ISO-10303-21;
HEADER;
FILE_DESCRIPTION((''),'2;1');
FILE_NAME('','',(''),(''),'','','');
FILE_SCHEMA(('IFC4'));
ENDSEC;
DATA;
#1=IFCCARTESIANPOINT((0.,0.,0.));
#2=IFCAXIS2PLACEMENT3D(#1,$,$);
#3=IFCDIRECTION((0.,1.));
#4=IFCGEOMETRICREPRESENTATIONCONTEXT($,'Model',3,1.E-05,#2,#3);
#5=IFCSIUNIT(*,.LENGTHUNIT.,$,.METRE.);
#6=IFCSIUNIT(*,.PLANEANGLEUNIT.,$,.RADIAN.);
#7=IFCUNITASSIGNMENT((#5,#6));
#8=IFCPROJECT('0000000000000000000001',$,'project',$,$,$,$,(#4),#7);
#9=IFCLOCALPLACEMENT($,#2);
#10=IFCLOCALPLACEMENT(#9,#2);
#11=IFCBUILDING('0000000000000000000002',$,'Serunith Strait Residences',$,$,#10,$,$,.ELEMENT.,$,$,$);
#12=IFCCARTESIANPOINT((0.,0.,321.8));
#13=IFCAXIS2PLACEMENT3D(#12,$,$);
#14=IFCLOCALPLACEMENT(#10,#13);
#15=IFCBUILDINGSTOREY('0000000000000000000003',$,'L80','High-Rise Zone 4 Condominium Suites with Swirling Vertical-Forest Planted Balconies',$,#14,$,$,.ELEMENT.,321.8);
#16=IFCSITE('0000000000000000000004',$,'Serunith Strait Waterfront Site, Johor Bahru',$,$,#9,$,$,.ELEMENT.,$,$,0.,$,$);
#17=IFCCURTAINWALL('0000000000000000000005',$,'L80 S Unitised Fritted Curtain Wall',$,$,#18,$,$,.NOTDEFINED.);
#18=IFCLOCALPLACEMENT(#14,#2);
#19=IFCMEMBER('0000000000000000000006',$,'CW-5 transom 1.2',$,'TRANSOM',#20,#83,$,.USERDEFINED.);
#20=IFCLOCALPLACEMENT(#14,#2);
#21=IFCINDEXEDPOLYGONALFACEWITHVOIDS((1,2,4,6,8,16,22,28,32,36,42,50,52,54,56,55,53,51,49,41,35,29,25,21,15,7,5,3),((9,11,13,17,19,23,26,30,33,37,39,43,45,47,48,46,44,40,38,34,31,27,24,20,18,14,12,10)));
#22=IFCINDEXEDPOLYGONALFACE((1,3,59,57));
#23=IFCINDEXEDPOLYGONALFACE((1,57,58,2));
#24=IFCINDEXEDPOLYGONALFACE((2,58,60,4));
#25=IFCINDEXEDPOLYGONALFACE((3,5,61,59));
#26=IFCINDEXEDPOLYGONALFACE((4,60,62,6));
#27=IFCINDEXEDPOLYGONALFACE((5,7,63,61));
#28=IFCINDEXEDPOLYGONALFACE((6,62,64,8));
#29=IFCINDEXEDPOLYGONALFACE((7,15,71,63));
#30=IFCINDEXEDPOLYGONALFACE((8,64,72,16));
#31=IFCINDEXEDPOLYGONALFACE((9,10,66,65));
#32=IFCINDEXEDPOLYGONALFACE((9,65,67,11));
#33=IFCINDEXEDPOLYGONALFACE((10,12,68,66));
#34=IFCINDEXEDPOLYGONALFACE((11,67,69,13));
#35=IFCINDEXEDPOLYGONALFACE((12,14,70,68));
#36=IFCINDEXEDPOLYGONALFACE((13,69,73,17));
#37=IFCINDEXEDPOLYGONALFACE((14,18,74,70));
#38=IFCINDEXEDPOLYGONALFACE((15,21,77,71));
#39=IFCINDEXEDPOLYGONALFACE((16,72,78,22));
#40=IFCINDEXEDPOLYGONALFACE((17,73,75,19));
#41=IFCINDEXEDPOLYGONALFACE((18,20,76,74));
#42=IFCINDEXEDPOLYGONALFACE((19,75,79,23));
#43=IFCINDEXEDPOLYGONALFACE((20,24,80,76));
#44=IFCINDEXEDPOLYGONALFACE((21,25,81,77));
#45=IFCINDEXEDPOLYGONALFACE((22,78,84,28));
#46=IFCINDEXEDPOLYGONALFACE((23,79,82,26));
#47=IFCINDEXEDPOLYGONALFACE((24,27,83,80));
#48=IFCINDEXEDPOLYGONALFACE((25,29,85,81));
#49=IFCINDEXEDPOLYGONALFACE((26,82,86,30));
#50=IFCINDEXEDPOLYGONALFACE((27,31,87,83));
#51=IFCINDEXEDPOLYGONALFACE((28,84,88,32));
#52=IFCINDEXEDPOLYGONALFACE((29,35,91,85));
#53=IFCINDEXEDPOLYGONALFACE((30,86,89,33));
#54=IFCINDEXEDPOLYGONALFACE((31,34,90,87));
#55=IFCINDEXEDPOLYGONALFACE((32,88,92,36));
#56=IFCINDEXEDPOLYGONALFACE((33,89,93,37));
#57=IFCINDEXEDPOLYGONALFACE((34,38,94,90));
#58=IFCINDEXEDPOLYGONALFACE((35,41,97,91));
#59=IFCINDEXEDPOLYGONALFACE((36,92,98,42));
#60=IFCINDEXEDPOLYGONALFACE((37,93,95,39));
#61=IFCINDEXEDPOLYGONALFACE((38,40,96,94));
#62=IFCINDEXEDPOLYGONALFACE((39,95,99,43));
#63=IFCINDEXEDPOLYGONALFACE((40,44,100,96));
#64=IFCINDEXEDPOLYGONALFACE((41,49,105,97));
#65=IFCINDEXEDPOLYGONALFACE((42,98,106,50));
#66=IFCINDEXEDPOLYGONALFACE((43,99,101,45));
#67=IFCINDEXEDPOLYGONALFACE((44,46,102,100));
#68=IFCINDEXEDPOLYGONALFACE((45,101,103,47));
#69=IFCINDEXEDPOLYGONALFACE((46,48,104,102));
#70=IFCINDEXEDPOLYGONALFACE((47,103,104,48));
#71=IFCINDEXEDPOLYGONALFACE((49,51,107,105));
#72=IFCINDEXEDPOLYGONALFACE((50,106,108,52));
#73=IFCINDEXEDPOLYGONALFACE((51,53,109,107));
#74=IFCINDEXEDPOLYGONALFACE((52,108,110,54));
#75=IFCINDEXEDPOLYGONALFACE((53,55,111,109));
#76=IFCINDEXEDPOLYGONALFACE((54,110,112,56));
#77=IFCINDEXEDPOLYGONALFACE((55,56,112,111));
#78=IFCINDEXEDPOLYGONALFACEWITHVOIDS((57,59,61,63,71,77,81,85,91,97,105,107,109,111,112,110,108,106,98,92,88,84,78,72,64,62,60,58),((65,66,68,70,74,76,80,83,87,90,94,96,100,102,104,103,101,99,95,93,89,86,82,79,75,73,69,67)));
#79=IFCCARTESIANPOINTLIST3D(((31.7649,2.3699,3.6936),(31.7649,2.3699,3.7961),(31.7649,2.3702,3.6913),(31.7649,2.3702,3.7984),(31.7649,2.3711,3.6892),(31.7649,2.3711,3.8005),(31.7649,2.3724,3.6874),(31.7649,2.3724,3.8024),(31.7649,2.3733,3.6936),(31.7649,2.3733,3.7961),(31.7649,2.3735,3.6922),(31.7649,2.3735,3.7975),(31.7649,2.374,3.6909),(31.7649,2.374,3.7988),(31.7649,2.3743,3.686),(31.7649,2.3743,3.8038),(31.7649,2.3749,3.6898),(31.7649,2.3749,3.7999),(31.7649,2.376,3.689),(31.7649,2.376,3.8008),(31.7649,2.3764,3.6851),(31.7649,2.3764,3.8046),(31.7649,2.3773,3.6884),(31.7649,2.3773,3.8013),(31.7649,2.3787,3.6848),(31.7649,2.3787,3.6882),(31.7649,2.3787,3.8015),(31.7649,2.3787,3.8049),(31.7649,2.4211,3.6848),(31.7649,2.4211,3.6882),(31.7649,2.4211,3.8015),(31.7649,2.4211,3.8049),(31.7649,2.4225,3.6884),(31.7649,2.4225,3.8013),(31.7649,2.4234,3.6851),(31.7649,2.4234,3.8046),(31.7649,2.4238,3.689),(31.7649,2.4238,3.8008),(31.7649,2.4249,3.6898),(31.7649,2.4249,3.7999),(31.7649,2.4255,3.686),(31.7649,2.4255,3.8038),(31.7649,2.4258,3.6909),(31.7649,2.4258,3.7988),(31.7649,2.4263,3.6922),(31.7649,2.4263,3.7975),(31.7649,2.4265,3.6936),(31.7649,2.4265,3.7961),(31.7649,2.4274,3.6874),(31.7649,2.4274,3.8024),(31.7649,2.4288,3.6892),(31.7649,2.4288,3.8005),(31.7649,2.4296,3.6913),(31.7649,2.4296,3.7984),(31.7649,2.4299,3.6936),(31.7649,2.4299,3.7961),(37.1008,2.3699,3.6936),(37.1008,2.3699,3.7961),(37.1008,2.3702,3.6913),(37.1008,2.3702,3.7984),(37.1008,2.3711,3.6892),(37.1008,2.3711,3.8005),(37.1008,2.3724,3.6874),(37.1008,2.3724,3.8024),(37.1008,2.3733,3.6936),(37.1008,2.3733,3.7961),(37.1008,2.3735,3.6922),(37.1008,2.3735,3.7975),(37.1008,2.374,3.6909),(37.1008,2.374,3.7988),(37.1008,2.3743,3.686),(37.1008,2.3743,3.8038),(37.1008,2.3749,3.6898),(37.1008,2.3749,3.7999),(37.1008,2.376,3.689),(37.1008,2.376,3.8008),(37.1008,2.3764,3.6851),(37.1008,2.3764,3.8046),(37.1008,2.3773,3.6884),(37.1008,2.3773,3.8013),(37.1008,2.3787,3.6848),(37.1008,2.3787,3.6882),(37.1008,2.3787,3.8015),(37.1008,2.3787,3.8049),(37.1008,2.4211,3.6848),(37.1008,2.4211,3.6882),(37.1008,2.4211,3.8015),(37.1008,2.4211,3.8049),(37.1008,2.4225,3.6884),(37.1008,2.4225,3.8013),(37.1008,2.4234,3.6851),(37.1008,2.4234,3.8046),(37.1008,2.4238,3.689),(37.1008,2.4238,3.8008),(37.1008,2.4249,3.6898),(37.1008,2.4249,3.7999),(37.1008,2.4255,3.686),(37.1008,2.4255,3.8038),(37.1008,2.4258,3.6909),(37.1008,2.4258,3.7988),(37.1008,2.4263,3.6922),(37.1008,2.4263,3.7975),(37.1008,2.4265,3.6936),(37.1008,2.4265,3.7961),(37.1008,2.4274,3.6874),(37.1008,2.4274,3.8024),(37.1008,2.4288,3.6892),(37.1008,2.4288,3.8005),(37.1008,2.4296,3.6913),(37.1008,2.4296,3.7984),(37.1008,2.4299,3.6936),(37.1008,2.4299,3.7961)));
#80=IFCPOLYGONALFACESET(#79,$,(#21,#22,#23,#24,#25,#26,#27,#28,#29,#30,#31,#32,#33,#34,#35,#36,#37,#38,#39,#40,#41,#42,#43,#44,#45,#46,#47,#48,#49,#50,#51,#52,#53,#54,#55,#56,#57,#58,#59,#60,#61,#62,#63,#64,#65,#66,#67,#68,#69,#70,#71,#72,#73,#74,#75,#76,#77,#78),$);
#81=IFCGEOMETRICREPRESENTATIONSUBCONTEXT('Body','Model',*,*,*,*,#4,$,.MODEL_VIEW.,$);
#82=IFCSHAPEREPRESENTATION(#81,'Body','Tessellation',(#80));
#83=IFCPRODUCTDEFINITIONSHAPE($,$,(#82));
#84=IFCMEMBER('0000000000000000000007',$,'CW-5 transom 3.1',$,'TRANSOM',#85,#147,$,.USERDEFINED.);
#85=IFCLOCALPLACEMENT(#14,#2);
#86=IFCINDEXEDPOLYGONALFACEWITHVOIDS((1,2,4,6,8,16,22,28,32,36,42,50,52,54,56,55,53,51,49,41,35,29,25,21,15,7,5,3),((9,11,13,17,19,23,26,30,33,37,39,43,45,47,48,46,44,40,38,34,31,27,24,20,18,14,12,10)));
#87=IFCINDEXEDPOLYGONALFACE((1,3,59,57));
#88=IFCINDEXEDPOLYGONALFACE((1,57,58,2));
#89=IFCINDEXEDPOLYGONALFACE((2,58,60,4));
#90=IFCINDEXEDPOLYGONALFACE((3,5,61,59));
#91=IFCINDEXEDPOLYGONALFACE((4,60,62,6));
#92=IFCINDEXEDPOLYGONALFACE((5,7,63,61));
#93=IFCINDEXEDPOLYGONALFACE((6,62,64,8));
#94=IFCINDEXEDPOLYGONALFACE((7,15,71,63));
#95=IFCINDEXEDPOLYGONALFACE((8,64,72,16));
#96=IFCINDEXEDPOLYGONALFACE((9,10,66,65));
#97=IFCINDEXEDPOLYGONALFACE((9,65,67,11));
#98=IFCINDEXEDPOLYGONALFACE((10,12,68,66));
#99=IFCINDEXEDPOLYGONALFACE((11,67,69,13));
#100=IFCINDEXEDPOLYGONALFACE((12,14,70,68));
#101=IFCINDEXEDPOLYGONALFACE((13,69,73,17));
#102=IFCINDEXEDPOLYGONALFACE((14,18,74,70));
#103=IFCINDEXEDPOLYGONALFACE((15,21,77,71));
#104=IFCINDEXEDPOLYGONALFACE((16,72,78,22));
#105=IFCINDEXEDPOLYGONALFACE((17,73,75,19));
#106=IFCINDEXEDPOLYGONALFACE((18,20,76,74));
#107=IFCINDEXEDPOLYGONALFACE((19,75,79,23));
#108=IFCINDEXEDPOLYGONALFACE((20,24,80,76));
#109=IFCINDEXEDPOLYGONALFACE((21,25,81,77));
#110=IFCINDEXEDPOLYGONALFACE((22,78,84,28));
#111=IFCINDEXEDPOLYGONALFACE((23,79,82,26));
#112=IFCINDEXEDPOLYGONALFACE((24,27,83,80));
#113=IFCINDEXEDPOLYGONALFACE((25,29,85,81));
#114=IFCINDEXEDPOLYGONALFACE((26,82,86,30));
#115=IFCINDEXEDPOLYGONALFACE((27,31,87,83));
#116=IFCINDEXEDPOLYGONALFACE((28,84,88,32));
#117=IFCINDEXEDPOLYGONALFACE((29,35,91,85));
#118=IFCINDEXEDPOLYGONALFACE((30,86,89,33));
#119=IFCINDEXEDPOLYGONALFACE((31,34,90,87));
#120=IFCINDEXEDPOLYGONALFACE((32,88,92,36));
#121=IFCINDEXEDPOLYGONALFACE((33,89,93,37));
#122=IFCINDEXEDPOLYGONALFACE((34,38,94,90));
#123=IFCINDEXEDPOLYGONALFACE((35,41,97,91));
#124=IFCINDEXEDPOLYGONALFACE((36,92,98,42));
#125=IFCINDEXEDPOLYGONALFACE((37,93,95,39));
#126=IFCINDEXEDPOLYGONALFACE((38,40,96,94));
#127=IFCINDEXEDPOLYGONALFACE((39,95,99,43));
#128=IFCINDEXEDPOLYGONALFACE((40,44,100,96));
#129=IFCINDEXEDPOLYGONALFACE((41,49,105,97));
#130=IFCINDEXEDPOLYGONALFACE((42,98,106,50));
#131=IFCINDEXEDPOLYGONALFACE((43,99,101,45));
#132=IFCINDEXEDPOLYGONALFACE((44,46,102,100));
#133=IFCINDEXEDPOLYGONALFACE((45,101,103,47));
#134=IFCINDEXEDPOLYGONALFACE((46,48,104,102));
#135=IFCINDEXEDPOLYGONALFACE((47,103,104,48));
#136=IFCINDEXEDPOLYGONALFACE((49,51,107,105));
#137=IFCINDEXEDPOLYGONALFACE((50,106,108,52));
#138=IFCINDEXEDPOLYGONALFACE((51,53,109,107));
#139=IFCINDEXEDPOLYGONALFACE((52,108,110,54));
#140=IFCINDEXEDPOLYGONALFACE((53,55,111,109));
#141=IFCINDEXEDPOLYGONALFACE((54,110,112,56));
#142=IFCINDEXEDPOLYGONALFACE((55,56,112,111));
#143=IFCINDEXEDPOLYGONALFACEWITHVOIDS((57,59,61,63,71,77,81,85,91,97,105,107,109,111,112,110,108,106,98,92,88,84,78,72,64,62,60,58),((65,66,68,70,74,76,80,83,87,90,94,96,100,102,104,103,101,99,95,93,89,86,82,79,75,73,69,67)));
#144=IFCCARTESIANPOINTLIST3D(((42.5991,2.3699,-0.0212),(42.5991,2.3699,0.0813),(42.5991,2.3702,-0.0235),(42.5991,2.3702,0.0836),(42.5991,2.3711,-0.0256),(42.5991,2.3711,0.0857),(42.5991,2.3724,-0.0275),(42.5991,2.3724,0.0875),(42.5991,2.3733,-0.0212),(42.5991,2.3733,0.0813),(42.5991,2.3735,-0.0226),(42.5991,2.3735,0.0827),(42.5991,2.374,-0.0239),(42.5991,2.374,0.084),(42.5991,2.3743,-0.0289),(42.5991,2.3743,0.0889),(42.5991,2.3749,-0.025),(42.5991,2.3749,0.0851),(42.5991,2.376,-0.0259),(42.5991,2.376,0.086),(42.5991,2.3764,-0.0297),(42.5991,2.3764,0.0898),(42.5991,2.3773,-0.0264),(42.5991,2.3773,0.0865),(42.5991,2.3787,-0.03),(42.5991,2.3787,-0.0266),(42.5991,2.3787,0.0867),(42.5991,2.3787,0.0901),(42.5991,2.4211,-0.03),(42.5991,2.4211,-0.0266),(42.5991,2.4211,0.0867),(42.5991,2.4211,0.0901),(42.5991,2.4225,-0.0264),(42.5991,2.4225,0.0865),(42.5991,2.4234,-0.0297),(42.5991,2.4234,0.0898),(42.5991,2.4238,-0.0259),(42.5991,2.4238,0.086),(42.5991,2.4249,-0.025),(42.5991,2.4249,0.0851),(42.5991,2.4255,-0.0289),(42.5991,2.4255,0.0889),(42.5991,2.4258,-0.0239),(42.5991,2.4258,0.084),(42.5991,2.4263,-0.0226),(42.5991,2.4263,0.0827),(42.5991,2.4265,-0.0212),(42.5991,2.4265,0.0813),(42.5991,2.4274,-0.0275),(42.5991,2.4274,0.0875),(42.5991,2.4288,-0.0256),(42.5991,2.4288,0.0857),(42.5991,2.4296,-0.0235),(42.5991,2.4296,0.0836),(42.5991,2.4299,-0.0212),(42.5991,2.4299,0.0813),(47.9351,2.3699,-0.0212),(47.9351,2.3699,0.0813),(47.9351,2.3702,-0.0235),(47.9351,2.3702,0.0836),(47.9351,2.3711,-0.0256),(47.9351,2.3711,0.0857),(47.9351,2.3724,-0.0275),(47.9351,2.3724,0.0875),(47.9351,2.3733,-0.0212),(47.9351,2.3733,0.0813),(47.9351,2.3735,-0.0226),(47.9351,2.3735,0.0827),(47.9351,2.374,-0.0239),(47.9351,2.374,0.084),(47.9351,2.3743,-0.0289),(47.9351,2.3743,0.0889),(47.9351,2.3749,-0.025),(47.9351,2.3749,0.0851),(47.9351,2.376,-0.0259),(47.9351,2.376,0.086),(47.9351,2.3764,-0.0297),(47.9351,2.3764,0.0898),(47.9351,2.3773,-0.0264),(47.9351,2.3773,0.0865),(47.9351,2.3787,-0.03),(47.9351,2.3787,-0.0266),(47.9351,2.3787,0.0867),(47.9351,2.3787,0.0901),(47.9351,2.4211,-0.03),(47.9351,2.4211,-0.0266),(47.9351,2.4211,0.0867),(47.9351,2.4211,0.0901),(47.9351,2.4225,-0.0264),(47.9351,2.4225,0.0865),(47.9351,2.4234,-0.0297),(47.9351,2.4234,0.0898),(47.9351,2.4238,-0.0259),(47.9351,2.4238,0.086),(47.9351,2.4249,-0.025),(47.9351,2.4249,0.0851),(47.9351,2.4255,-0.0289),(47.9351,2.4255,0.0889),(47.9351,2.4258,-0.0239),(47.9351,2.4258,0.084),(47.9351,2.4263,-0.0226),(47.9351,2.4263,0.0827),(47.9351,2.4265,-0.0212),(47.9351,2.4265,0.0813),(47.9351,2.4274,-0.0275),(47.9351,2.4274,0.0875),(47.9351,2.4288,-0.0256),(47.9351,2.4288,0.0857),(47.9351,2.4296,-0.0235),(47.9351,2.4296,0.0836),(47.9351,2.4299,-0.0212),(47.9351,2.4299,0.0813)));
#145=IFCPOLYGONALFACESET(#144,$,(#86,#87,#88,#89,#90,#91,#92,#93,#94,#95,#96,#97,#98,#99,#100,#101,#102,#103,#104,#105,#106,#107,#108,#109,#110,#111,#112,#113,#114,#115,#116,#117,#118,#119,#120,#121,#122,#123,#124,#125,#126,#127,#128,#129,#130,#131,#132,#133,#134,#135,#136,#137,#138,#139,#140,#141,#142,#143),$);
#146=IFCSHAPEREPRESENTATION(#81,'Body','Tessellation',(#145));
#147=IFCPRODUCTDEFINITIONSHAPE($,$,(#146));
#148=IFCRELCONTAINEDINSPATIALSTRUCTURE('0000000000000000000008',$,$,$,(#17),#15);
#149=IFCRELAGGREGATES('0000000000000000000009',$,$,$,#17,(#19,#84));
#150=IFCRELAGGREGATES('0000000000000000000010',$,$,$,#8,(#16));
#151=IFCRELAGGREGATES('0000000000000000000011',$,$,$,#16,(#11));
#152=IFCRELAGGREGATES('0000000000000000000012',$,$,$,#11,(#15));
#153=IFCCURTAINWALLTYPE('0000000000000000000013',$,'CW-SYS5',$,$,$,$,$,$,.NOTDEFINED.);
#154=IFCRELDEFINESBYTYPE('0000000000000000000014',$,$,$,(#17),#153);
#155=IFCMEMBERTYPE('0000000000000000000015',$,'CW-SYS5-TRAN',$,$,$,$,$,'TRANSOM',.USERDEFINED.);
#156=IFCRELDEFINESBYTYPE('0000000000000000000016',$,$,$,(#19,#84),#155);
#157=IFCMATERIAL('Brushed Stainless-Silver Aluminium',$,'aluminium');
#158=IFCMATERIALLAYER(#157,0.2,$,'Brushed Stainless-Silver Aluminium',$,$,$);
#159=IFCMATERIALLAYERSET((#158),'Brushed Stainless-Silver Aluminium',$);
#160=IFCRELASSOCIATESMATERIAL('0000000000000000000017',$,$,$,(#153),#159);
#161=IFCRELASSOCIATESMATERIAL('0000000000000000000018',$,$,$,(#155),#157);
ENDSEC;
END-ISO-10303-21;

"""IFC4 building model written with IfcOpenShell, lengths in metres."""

from ifc_helpers import new_model, si_unit, direction, frame, origin, origin_2d, place, context, subcontext, project, spatial, hollow_rectangle, extrude, source, transform, mapped, material, layer, layer_set, material_profile, profile_set, type_object, element, aggregate, save


model = new_model("IFC4")

# Units and contexts
model_context = context("Model", 3, precision=1e-05, world=origin(), true_north=direction((0.0, 1.0)))
body_context = subcontext(model_context, "Body", "Model", "MODEL_VIEW")
ifc_project = project(units=[si_unit("LENGTHUNIT", "METRE"), si_unit("PLANEANGLEUNIT", "RADIAN")], contexts=[model_context])

# Site, building, storey
site_placement = place(None, origin())
site = spatial("IfcSite", under=ifc_project, at=site_placement, Name="Serunith Strait Waterfront Site, Johor Bahru", CompositionType="ELEMENT", RefElevation=0.0)
building_placement = place(site_placement, origin())
building = spatial("IfcBuilding", under=site, at=building_placement, Name="Serunith Strait Residences", CompositionType="ELEMENT")
storey_placement = place(building_placement, frame((0.0, 0.0, 321.8)))
storey = spatial("IfcBuildingStorey", under=building, at=storey_placement, Name="L80", Description="High-Rise Zone 4 Condominium Suites with Swirling Vertical-Forest Planted Balconies", CompositionType="ELEMENT", Elevation=321.8)

# Curtain wall, members
ifc_material_1 = material(Name="Brushed Stainless-Silver Aluminium", Category="aluminium")
ifc_layer_1 = layer(ifc_material_1, 0.2, Name="Brushed Stainless-Silver Aluminium")
ifc_layer_set_1 = layer_set([ifc_layer_1], Name="Brushed Stainless-Silver Aluminium")
curtain_wall_type = type_object("IfcCurtainWallType", Name="CW-SYS5", PredefinedType="NOTDEFINED", material=ifc_layer_set_1)
curtain_wall_placement = place(storey_placement, origin())
curtain_wall = element("IfcCurtainWall", 1, at=curtain_wall_placement, inside=storey, type_object=curtain_wall_type, Name="L80 S Unitised Fritted Curtain Wall", PredefinedType="NOTDEFINED")
ifc_material_profile_1 = material_profile(ifc_material_1, hollow_rectangle(XDim=0.0601, YDim=0.1201, WallThickness=0.0034, InnerFilletRadius=0.0054, OuterFilletRadius=0.0088, at=origin_2d()), Name="ALU 120x60x3.5")
ifc_profile_set_1 = profile_set([ifc_material_profile_1], Name="Brushed Stainless-Silver Aluminium")
member_type_1 = type_object("IfcMemberType", Name="CW-SYS5-TRAN", ElementType="TRANSOM", PredefinedType="USERDEFINED", material=ifc_profile_set_1)
shared_shape_1 = source(origin(), body_context, "Body", "SweptSolid", [
    extrude(hollow_rectangle(XDim=0.0601, YDim=0.1201, WallThickness=0.0034, InnerFilletRadius=0.0054, OuterFilletRadius=0.0088, at=origin_2d()), origin(), (0.0, 0.0, 1.0), 5.3359),
])
member_1_placement = place(storey_placement, frame((31.7649, 2.3999, 3.7449), z_axis=(1.0, 0.0, 0.0), x_axis=(0.0, 1.0, 0.0)))
member_1 = element("IfcMember", 2, at=member_1_placement, type_object=member_type_1, Name="CW-5 transom 1.2", ObjectType="TRANSOM", PredefinedType="USERDEFINED", context=body_context, shape_type="MappedRepresentation", body=[
    mapped(shared_shape_1, transform((0.0, 0.0, 0.0), scale=1.0)),
])
member_2_placement = place(storey_placement, frame((42.5991, 2.3999, 0.03), z_axis=(1.0, 0.0, 0.0), x_axis=(0.0, 1.0, 0.0)))
member_2 = element("IfcMember", 3, at=member_2_placement, type_object=member_type_1, Name="CW-5 transom 3.1", ObjectType="TRANSOM", PredefinedType="USERDEFINED", context=body_context, shape_type="MappedRepresentation", body=[
    mapped(shared_shape_1, transform((0.0, 0.0, 0.0), scale=1.0)),
])
aggregate(curtain_wall, [member_1, member_2])

save(model, "model.ifc")
